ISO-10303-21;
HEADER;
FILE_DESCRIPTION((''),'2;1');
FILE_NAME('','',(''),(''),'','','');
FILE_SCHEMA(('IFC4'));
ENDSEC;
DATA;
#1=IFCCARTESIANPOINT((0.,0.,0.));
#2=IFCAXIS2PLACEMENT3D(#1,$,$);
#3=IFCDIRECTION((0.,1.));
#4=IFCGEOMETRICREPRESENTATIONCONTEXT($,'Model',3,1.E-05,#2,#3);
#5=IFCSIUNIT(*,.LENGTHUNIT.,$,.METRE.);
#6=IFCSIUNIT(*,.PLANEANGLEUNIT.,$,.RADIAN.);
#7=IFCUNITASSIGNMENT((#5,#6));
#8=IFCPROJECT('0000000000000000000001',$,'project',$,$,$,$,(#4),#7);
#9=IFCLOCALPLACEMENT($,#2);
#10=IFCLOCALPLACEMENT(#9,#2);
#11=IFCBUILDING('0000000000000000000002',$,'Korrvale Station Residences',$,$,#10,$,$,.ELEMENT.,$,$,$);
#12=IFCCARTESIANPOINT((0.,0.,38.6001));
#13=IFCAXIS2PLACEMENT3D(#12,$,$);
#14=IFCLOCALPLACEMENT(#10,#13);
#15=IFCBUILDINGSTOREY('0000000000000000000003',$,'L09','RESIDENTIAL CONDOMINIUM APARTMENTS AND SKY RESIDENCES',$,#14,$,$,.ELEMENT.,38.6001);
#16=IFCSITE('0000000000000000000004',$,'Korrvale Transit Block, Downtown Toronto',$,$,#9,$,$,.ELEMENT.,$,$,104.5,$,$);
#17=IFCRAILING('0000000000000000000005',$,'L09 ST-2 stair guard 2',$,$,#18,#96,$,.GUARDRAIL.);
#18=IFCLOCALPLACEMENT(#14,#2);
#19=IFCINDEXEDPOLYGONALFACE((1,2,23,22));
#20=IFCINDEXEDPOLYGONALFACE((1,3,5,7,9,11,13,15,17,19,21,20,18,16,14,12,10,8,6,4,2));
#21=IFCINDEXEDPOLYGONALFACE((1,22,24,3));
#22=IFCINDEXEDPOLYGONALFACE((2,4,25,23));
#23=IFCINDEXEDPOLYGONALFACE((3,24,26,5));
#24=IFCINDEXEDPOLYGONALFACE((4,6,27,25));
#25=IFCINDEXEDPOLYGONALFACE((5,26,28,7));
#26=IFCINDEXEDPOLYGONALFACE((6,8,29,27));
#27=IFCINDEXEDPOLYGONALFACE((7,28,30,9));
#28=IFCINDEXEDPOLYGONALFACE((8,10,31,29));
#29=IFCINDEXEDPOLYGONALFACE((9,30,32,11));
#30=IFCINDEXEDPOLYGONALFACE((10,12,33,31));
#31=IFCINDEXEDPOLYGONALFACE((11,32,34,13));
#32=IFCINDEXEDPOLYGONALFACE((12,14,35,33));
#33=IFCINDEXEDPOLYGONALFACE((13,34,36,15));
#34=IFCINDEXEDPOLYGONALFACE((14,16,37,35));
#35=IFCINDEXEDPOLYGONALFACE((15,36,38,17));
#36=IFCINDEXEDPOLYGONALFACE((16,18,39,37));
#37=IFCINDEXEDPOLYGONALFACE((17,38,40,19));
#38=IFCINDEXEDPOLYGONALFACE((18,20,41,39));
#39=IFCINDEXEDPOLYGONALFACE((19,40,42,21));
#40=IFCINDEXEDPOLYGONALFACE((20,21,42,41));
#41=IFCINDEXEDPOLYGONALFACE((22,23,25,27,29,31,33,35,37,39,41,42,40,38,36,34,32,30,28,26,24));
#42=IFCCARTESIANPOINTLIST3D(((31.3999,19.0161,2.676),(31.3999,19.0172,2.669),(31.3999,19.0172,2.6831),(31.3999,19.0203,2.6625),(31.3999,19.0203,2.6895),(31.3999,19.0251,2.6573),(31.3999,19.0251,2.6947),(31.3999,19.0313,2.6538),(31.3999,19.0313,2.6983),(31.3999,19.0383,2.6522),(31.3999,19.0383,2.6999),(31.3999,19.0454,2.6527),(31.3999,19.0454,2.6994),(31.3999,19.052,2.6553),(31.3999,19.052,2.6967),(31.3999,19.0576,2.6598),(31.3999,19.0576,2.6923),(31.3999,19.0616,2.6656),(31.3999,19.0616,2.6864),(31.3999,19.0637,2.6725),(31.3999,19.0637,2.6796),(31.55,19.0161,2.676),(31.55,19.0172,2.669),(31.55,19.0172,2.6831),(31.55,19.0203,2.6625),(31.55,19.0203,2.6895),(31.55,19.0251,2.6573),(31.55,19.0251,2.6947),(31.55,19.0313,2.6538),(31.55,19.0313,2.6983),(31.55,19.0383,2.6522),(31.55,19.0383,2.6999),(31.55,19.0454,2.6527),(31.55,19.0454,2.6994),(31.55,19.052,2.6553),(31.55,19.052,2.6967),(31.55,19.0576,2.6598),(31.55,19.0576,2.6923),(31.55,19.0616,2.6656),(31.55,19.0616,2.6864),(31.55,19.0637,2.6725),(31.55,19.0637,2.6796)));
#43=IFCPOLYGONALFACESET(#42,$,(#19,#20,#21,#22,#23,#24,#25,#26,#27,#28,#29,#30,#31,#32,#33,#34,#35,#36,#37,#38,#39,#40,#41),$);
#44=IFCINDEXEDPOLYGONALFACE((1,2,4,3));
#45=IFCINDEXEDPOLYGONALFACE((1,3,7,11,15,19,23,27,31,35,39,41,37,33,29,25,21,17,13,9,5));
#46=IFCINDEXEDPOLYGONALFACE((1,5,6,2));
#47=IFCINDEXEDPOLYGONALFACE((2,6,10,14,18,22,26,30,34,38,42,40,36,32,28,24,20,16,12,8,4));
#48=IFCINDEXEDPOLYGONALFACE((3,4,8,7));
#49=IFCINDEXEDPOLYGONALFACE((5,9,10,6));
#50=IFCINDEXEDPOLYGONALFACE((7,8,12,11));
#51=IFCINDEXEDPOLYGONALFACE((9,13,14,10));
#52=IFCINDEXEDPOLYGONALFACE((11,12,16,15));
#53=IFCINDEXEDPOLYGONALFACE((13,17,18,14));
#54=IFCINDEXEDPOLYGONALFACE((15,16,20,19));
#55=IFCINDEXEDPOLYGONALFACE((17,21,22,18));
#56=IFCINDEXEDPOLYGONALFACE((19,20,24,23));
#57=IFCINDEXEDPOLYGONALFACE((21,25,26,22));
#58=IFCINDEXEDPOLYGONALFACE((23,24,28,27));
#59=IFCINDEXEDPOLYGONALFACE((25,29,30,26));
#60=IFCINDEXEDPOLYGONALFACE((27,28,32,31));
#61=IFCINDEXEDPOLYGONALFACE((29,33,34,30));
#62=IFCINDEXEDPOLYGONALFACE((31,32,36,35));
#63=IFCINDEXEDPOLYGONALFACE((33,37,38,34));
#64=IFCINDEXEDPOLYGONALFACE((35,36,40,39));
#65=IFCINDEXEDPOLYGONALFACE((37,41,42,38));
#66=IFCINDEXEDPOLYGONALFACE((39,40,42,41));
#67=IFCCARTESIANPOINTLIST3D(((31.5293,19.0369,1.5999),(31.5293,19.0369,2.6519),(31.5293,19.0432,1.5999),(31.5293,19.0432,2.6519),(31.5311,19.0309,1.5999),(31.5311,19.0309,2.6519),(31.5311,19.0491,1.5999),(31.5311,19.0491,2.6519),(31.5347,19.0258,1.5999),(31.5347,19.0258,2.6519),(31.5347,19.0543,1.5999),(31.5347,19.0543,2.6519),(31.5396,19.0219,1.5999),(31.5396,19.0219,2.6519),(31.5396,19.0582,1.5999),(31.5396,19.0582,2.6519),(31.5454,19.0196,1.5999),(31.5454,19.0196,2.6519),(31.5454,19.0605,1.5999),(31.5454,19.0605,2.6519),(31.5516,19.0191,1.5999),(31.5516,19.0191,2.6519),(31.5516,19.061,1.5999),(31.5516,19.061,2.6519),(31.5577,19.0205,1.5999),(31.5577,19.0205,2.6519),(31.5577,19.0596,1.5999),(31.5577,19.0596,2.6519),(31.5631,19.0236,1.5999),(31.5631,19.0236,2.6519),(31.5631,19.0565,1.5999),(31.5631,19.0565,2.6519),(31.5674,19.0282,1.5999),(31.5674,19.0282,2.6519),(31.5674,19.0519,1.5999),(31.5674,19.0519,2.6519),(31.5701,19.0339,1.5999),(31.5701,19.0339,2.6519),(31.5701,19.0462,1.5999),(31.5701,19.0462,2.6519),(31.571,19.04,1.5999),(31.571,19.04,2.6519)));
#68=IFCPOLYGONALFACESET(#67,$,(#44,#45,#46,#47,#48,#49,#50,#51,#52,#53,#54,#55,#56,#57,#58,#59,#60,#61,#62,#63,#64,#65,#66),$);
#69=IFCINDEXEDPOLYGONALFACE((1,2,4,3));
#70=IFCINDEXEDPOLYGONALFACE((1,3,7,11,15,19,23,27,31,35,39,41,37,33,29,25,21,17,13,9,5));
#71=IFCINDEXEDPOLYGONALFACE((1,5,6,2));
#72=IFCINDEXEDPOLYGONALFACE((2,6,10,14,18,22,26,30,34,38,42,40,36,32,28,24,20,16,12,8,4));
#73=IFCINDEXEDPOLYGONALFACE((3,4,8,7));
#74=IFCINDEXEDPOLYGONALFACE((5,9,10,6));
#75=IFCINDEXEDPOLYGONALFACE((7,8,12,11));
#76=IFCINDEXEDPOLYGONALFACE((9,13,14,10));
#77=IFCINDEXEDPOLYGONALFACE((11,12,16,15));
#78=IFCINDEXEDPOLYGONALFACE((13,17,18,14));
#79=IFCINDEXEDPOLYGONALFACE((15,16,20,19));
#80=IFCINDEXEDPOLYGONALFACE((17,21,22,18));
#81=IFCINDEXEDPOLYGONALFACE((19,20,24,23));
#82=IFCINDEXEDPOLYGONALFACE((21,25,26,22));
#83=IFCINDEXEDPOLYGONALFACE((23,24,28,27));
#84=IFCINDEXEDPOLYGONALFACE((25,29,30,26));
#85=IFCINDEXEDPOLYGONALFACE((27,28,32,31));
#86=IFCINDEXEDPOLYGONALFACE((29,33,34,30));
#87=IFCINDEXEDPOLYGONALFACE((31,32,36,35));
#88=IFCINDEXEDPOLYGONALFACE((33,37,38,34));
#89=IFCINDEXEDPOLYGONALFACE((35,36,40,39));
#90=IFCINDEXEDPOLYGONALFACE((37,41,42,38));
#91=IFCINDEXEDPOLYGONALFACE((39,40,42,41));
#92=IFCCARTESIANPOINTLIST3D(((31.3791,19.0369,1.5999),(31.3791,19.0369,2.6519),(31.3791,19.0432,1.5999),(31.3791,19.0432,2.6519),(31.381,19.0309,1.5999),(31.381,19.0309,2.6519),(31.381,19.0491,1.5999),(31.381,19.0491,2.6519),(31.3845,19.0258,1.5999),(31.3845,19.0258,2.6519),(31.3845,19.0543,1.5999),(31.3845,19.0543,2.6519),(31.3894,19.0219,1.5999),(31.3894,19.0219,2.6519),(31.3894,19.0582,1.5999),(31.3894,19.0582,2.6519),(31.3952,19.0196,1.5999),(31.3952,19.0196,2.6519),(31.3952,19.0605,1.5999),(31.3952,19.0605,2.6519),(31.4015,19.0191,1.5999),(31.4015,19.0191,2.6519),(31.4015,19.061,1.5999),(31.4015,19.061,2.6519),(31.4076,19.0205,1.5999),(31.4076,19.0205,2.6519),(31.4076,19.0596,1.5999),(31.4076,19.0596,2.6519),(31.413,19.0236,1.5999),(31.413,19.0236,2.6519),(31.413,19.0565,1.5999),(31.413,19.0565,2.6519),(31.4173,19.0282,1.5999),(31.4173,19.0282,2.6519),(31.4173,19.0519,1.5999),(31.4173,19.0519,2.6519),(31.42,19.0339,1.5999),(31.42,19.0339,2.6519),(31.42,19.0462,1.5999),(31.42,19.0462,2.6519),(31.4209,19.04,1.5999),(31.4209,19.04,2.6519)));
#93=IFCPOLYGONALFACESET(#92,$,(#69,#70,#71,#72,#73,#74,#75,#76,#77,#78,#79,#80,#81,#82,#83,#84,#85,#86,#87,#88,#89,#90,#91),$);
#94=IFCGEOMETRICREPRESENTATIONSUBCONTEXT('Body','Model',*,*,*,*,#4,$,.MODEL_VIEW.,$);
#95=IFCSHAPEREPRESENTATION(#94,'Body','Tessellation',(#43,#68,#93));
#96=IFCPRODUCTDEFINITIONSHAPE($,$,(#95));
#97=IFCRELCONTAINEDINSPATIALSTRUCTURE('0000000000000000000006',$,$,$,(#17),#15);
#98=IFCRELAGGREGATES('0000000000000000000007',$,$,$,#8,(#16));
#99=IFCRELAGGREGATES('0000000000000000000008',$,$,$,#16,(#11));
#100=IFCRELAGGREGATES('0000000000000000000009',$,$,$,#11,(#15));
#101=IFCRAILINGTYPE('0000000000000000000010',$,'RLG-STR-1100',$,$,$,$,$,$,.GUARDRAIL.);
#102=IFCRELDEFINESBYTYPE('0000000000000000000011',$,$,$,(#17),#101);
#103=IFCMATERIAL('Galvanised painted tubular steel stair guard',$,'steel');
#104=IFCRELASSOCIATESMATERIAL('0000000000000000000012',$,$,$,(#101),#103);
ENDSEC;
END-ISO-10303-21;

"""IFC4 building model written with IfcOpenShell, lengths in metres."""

from ifc_helpers import new_model, si_unit, direction, frame, origin, origin_2d, place, context, subcontext, project, spatial, circle, extrude, material, type_object, element, save


model = new_model("IFC4")

# Units and contexts
model_context = context("Model", 3, precision=1e-05, world=origin(), true_north=direction((0.0, 1.0)))
body_context = subcontext(model_context, "Body", "Model", "MODEL_VIEW")
ifc_project = project(units=[si_unit("LENGTHUNIT", "METRE"), si_unit("PLANEANGLEUNIT", "RADIAN")], contexts=[model_context])

# Site, building, storey
site_placement = place(None, origin())
site = spatial("IfcSite", under=ifc_project, at=site_placement, Name="Korrvale Transit Block, Downtown Toronto", CompositionType="ELEMENT", RefElevation=104.5)
building_placement = place(site_placement, origin())
building = spatial("IfcBuilding", under=site, at=building_placement, Name="Korrvale Station Residences", CompositionType="ELEMENT")
storey_placement = place(building_placement, frame((0.0, 0.0, 38.6001)))
storey = spatial("IfcBuildingStorey", under=building, at=storey_placement, Name="L09", Description="RESIDENTIAL CONDOMINIUM APARTMENTS AND SKY RESIDENCES", CompositionType="ELEMENT", Elevation=38.6001)

# Railing
ifc_material_1 = material(Name="Galvanised painted tubular steel stair guard", Category="steel")
railing_type_1 = type_object("IfcRailingType", Name="RLG-STR-1100", PredefinedType="GUARDRAIL", material=ifc_material_1)
railing_1_placement = place(storey_placement, frame((31.55, 19.04, 1.5999)))
element("IfcRailing", 1, at=railing_1_placement, inside=storey, type_object=railing_type_1, Name="L09 ST-2 stair guard 2", PredefinedType="GUARDRAIL", context=body_context, shape_type="SweptSolid", body=[
    extrude(circle(Radius=0.0239, at=origin_2d()), frame((0.0, 0.0, 1.0762), z_axis=(-1.0, 0.0, 0.0), x_axis=(0.0, -1.0, 0.0)), (0.0, 0.0, 1.0), 0.1501),
    extrude(circle(Radius=0.021, at=origin_2d()), origin(), (0.0, 0.0, 1.0), 1.052),
    extrude(circle(Radius=0.021, at=origin_2d()), frame((-0.1501, 0.0, 0.0)), (0.0, 0.0, 1.0), 1.052),
])

save(model, "model.ifc")
